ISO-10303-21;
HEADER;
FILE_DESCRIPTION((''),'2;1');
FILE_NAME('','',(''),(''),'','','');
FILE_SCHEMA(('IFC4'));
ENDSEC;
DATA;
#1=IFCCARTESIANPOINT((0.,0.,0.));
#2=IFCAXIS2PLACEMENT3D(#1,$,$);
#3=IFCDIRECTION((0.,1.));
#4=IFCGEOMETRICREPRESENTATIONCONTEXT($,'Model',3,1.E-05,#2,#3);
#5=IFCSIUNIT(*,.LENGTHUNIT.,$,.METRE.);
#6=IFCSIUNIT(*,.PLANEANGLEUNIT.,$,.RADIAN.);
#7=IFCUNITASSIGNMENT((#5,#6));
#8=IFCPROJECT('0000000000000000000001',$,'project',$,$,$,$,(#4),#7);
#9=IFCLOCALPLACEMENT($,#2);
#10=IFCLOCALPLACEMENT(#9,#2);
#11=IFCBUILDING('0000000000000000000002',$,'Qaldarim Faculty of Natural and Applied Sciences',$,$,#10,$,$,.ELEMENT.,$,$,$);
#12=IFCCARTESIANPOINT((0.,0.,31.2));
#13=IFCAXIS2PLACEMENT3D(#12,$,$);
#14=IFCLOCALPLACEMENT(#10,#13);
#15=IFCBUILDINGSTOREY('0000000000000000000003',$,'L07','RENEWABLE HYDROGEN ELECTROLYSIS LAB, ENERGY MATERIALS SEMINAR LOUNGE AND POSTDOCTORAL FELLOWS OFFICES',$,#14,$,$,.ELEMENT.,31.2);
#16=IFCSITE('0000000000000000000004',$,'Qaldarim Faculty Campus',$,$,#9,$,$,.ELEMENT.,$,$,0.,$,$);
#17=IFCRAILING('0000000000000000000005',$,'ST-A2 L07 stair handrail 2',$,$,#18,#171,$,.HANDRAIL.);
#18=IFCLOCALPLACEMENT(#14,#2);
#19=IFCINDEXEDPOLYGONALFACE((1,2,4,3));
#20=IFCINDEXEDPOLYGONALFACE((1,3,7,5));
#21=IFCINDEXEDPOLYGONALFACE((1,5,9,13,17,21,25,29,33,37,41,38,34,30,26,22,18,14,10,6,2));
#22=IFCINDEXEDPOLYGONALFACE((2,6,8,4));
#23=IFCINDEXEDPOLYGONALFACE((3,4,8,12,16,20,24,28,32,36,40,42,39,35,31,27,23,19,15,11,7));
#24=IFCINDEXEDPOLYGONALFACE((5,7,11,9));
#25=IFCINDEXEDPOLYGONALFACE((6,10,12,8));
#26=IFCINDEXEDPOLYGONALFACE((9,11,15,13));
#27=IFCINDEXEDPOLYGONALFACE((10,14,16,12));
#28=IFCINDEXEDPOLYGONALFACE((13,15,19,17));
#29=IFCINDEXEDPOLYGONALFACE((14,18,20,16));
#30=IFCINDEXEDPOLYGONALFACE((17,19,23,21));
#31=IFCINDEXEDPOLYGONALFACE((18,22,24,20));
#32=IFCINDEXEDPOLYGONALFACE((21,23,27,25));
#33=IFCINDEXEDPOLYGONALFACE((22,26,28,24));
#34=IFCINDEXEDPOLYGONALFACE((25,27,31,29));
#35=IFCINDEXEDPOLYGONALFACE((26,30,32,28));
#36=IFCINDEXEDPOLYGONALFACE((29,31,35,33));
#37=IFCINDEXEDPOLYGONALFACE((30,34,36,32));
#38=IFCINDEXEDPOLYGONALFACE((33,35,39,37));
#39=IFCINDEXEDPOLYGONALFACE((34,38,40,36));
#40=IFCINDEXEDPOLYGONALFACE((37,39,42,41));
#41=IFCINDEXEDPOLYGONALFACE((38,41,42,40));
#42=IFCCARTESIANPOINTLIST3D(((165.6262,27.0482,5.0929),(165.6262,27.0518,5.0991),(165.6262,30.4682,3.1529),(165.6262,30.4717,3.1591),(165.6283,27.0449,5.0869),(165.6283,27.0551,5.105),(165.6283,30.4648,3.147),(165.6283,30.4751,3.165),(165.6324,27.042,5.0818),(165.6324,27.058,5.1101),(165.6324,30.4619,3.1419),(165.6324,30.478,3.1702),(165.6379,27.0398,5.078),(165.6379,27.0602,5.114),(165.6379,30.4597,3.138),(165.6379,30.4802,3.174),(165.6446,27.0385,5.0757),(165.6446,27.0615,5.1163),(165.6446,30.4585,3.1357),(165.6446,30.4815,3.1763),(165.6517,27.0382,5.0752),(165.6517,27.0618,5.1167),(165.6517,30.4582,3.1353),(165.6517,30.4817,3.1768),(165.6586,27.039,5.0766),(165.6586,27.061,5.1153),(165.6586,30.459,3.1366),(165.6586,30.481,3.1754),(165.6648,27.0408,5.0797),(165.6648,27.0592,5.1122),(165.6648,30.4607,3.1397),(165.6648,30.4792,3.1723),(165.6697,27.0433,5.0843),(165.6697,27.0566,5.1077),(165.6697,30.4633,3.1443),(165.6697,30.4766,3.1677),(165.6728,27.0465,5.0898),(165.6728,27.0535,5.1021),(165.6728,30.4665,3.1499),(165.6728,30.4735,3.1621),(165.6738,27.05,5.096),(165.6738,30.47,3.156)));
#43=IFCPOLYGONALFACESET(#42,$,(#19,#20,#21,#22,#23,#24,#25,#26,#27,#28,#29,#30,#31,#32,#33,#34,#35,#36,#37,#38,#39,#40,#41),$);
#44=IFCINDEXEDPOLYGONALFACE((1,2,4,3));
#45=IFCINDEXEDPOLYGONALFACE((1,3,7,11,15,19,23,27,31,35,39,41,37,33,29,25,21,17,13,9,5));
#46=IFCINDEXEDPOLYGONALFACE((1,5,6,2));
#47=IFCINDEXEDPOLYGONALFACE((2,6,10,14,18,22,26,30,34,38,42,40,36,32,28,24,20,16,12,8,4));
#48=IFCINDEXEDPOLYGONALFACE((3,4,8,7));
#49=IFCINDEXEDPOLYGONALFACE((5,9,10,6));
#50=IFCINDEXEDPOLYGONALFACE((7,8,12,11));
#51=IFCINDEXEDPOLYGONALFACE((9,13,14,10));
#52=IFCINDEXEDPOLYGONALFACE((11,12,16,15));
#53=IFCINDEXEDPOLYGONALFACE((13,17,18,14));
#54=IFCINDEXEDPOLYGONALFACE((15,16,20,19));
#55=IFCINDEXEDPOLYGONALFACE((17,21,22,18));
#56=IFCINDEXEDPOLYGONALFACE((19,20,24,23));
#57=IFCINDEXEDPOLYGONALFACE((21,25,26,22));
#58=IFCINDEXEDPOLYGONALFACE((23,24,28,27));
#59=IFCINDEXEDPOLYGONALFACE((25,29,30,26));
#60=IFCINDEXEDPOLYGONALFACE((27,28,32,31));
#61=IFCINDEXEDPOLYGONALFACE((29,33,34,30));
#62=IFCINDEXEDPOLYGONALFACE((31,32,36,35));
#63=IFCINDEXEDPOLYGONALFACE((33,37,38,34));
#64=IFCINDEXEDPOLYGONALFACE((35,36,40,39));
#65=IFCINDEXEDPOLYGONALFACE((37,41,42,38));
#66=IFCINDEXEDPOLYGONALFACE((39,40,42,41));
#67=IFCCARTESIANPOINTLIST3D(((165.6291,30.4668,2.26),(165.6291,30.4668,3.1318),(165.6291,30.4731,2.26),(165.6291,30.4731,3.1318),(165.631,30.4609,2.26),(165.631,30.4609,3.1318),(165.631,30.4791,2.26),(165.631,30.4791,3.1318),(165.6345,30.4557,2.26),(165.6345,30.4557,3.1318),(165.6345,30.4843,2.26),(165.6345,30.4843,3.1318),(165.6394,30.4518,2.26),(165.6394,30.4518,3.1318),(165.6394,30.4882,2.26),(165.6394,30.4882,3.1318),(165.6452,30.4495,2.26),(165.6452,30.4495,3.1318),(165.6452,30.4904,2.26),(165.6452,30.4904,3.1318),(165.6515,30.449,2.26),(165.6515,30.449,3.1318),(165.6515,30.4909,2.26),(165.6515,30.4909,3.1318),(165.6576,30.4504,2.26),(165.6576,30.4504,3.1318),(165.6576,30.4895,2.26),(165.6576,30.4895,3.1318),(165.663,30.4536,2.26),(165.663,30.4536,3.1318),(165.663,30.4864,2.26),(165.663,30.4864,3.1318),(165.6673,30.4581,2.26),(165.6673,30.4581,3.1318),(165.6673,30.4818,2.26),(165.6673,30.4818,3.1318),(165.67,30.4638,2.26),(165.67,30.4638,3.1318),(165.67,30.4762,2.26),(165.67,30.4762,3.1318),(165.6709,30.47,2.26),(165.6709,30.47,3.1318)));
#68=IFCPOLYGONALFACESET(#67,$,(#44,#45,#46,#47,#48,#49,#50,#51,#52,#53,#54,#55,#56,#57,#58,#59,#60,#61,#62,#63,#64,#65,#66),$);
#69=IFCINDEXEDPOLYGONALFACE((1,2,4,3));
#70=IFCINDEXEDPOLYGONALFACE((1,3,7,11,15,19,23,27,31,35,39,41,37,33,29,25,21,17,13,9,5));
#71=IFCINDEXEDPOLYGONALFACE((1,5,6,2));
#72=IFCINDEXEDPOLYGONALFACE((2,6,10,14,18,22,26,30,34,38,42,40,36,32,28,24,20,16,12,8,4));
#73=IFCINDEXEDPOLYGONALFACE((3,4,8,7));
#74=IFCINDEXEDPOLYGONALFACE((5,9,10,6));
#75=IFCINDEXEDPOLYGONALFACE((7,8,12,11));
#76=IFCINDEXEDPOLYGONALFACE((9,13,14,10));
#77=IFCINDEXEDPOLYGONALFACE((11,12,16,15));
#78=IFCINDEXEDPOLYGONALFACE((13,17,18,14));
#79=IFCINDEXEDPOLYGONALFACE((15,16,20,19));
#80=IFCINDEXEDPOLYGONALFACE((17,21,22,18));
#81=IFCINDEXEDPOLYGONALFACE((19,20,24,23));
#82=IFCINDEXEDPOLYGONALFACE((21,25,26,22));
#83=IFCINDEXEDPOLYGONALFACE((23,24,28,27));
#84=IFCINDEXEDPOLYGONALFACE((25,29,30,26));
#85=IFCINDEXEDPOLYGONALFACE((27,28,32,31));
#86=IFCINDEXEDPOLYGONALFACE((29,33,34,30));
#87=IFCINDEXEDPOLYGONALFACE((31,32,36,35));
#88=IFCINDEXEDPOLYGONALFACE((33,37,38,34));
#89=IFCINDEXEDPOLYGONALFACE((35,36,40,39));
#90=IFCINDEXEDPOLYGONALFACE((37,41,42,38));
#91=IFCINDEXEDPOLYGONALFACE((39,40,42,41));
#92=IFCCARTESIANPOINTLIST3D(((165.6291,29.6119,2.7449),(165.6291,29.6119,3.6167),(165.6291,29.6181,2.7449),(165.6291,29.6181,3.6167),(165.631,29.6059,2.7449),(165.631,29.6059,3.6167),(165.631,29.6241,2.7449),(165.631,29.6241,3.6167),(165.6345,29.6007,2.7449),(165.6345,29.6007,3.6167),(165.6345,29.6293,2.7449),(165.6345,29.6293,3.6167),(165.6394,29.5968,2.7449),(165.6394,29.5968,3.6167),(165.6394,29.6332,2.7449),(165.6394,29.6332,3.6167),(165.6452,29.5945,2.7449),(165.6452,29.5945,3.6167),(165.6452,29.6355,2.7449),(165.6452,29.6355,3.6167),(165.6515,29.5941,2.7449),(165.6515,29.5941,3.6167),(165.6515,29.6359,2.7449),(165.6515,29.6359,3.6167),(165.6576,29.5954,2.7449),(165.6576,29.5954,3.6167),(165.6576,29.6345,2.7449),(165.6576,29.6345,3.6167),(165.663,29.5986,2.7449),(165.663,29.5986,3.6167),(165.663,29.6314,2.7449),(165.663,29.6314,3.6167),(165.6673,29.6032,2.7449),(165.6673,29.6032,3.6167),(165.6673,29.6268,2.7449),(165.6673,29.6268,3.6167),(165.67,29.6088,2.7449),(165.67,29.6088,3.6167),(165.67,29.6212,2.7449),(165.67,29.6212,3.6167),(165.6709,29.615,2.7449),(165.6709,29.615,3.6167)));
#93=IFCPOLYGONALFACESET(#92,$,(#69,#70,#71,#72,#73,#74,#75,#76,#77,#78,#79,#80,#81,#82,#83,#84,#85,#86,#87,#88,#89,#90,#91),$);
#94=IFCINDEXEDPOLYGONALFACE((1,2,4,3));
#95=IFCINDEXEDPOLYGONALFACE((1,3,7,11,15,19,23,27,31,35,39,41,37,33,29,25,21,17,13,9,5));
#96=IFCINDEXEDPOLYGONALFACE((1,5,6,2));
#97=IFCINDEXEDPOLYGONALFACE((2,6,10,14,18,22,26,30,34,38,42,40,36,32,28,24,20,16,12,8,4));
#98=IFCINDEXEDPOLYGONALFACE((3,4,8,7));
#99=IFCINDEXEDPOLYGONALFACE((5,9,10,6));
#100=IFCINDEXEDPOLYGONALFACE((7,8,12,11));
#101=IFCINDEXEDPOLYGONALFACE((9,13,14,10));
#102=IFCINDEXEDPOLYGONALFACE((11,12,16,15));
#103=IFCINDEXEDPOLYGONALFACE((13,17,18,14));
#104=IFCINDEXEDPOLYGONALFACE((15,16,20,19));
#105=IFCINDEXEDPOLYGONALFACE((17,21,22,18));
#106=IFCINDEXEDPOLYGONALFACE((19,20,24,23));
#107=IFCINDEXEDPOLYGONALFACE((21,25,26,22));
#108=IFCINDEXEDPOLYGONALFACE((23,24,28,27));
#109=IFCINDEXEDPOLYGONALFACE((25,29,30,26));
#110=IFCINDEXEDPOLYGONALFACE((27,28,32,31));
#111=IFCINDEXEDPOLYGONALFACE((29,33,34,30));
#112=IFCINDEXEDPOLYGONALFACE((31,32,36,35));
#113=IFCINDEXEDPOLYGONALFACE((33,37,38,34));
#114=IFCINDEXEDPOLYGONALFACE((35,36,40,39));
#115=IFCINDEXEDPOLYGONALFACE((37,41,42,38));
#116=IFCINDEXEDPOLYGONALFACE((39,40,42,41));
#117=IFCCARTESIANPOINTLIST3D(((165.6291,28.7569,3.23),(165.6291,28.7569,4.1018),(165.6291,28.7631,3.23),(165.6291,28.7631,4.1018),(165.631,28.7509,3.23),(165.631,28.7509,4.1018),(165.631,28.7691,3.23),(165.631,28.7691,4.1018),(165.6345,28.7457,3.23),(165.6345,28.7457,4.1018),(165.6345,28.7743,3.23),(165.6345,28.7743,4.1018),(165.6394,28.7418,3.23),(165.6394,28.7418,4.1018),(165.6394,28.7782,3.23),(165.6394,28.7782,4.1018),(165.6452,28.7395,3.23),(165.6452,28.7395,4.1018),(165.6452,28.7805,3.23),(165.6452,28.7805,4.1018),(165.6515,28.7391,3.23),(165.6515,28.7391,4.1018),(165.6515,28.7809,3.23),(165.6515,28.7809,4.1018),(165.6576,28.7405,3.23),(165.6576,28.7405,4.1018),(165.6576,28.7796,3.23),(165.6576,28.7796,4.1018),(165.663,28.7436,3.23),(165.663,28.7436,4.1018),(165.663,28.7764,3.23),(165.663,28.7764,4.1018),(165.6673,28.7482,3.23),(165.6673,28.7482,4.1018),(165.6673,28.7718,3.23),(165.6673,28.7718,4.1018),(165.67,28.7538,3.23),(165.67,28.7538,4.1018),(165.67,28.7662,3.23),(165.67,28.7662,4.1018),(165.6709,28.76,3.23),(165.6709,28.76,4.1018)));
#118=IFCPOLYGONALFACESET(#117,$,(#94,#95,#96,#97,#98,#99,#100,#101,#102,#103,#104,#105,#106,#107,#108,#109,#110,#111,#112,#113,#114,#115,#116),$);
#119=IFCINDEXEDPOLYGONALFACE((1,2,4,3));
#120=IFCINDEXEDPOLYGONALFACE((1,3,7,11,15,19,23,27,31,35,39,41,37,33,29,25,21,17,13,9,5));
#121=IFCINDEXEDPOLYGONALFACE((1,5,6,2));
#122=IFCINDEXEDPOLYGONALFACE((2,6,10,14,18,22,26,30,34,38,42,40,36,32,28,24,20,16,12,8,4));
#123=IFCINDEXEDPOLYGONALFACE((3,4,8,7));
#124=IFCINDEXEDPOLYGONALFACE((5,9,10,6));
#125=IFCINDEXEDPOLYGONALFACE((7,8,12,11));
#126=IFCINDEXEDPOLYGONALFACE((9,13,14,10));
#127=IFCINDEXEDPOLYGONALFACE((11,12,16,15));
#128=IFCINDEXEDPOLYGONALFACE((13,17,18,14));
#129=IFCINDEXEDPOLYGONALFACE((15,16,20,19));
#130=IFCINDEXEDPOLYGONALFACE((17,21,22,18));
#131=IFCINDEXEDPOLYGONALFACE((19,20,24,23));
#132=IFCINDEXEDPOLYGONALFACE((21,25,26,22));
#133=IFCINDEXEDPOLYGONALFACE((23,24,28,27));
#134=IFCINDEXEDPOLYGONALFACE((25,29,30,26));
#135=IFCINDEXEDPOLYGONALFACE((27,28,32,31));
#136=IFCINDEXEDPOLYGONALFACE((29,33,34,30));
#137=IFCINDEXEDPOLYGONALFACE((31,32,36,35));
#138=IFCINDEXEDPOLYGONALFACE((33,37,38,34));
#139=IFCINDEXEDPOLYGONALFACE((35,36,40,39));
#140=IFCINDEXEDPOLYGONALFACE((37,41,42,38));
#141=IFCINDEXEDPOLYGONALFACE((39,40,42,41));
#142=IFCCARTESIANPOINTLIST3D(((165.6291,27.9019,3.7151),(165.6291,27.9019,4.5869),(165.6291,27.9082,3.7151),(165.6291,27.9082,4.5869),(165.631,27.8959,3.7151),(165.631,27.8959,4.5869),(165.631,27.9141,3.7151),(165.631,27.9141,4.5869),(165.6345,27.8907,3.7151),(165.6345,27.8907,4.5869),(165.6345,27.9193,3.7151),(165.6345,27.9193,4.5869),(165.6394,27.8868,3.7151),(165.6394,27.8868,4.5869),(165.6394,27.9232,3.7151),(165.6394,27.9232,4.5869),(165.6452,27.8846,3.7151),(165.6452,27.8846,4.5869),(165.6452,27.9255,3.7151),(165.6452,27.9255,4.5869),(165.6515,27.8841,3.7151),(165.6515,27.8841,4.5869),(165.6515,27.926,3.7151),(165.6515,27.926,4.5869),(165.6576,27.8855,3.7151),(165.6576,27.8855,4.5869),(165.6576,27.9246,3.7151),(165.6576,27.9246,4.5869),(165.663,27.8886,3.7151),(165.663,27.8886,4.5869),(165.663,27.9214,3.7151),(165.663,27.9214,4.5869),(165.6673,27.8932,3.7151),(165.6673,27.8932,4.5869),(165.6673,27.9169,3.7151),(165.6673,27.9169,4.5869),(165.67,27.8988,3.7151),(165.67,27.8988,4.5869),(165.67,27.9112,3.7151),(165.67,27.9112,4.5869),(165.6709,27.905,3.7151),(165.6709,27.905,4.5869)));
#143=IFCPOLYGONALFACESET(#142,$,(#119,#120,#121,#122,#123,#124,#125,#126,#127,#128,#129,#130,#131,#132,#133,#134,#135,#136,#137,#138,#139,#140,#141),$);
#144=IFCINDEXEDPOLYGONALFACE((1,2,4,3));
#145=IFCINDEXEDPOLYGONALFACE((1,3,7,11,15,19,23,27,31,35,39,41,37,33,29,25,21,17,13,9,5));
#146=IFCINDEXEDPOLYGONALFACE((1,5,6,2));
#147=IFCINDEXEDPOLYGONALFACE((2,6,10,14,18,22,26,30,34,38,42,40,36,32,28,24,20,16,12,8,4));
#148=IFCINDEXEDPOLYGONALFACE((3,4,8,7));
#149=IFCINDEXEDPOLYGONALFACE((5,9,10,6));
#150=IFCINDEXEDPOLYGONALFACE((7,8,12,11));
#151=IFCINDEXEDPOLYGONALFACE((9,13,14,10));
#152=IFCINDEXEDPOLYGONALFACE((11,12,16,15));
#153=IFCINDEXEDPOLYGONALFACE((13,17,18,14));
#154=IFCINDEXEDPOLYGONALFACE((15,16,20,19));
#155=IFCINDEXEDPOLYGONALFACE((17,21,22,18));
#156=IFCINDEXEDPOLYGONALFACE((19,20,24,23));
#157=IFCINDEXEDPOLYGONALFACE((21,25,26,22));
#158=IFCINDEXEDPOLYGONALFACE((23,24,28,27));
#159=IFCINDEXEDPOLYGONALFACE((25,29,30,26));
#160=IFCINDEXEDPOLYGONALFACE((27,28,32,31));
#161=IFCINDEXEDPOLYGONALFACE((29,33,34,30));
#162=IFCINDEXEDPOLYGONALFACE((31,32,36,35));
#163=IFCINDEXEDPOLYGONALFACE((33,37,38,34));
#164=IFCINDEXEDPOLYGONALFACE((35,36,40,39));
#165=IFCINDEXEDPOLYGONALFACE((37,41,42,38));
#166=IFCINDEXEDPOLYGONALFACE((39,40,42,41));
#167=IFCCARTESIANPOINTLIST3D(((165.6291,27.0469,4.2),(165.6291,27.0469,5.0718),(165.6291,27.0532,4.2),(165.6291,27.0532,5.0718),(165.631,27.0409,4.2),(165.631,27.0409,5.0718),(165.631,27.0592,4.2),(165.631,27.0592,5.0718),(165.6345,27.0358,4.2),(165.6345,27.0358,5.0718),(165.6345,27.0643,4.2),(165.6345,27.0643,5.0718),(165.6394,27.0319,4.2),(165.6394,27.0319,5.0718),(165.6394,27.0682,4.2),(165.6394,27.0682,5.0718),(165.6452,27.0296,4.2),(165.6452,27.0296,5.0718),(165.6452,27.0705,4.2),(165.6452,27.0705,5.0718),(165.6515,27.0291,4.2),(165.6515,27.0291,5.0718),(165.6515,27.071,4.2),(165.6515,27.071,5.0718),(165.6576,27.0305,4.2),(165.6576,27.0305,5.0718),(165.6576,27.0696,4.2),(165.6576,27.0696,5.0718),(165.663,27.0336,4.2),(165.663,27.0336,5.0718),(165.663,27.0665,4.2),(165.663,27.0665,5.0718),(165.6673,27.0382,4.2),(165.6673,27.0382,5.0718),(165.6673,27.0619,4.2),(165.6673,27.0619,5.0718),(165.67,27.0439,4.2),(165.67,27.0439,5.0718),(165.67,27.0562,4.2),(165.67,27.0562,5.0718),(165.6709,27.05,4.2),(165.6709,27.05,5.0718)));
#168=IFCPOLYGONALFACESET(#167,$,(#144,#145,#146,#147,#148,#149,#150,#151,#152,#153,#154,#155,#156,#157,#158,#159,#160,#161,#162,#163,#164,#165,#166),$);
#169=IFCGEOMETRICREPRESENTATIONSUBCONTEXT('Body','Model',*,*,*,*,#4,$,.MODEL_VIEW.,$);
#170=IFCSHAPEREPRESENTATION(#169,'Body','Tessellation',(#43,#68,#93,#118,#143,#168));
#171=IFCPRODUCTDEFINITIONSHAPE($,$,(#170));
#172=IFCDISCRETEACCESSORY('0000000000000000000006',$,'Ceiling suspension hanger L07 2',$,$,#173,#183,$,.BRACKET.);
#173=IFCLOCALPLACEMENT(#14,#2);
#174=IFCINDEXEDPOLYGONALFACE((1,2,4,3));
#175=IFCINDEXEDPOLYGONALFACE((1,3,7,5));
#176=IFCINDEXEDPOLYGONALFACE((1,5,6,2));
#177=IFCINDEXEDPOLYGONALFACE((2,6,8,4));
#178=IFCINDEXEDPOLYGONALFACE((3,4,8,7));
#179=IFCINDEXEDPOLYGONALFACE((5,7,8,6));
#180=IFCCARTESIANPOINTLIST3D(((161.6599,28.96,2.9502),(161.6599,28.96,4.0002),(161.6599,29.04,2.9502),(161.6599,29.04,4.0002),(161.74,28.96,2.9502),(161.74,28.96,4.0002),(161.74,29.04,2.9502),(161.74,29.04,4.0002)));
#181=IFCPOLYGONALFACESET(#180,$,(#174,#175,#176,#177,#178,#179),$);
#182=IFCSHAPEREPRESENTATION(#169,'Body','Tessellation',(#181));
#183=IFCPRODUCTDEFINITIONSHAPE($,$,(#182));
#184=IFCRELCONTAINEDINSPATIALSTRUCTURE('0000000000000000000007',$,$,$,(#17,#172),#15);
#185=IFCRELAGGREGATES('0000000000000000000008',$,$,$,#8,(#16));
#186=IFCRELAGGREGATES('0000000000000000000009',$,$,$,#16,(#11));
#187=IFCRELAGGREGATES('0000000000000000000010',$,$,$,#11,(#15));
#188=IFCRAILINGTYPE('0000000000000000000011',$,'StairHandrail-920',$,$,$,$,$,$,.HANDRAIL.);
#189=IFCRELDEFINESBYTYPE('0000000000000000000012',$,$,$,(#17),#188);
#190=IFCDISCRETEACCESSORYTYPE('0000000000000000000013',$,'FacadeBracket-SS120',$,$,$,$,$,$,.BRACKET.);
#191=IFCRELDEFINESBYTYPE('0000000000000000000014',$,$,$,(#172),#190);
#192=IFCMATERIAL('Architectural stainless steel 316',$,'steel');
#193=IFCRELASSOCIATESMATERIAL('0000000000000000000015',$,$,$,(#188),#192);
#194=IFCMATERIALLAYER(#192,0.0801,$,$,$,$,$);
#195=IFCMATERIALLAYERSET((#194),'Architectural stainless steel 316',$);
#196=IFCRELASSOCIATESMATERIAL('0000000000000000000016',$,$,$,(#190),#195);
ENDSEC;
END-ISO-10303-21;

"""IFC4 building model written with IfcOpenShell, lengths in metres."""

from ifc_helpers import new_model, si_unit, direction, frame, origin, origin_2d, place, context, subcontext, project, spatial, rectangle, circle, extrude, material, layer, layer_set, type_object, element, save


model = new_model("IFC4")

# Units and contexts
model_context = context("Model", 3, precision=1e-05, world=origin(), true_north=direction((0.0, 1.0)))
body_context = subcontext(model_context, "Body", "Model", "MODEL_VIEW")
ifc_project = project(units=[si_unit("LENGTHUNIT", "METRE"), si_unit("PLANEANGLEUNIT", "RADIAN")], contexts=[model_context])

# Site, building, storey
site_placement = place(None, origin())
site = spatial("IfcSite", under=ifc_project, at=site_placement, Name="Qaldarim Faculty Campus", CompositionType="ELEMENT", RefElevation=0.0)
building_placement = place(site_placement, origin())
building = spatial("IfcBuilding", under=site, at=building_placement, Name="Qaldarim Faculty of Natural and Applied Sciences", CompositionType="ELEMENT")
storey_placement = place(building_placement, frame((0.0, 0.0, 31.2)))
storey = spatial("IfcBuildingStorey", under=building, at=storey_placement, Name="L07", Description="RENEWABLE HYDROGEN ELECTROLYSIS LAB, ENERGY MATERIALS SEMINAR LOUNGE AND POSTDOCTORAL FELLOWS OFFICES", CompositionType="ELEMENT", Elevation=31.2)

# Shared definitions
ifc_material_1 = material(Name="Architectural stainless steel 316", Category="steel")

# Railing
railing_type_1 = type_object("IfcRailingType", Name="StairHandrail-920", PredefinedType="HANDRAIL", material=ifc_material_1)
railing_1_placement = place(storey_placement, frame((165.6499, 30.47, 2.26)))
element("IfcRailing", 1, at=railing_1_placement, inside=storey, type_object=railing_type_1, Name="ST-A2 L07 stair handrail 2", PredefinedType="HANDRAIL", context=body_context, shape_type="SweptSolid", body=[
    extrude(circle(Radius=0.0239, at=origin_2d()), frame((0.0, 0.0, 0.896), z_axis=(0.0, -0.869805, 0.493395), x_axis=(1.0, 0.0, 0.0)), (0.0, 0.0, 1.0), 3.9319),
    extrude(circle(Radius=0.021, at=origin_2d()), origin(), (0.0, 0.0, 1.0), 0.8718),
    extrude(circle(Radius=0.021, at=origin_2d()), frame((0.0, -0.855, 0.4849)), (0.0, 0.0, 1.0), 0.8718),
    extrude(circle(Radius=0.021, at=origin_2d()), frame((0.0, -1.71, 0.97)), (0.0, 0.0, 1.0), 0.8718),
    extrude(circle(Radius=0.021, at=origin_2d()), frame((0.0, -2.5649, 1.4551)), (0.0, 0.0, 1.0), 0.8718),
    extrude(circle(Radius=0.021, at=origin_2d()), frame((0.0, -3.4199, 1.9399)), (0.0, 0.0, 1.0), 0.8718),
])

# Discrete accessory
ifc_layer_1 = layer(ifc_material_1, 0.0801)
ifc_layer_set_1 = layer_set([ifc_layer_1], Name="Architectural stainless steel 316")
discrete_accessory_type = type_object("IfcDiscreteAccessoryType", Name="FacadeBracket-SS120", PredefinedType="BRACKET", material=ifc_layer_set_1)
discrete_accessory_placement = place(storey_placement, frame((161.7, 29.0, 2.9502), z_axis=(0.0, 0.0, 1.0), x_axis=(1.0, 0.0, 0.0)))
element("IfcDiscreteAccessory", 2, at=discrete_accessory_placement, inside=storey, type_object=discrete_accessory_type, Name="Ceiling suspension hanger L07 2", PredefinedType="BRACKET", context=body_context, shape_type="SweptSolid", body=[
    extrude(rectangle(XDim=0.0801, YDim=0.0801, at=origin_2d()), origin(), (0.0, 0.0, 1.0), 1.05),
])

save(model, "model.ifc")
